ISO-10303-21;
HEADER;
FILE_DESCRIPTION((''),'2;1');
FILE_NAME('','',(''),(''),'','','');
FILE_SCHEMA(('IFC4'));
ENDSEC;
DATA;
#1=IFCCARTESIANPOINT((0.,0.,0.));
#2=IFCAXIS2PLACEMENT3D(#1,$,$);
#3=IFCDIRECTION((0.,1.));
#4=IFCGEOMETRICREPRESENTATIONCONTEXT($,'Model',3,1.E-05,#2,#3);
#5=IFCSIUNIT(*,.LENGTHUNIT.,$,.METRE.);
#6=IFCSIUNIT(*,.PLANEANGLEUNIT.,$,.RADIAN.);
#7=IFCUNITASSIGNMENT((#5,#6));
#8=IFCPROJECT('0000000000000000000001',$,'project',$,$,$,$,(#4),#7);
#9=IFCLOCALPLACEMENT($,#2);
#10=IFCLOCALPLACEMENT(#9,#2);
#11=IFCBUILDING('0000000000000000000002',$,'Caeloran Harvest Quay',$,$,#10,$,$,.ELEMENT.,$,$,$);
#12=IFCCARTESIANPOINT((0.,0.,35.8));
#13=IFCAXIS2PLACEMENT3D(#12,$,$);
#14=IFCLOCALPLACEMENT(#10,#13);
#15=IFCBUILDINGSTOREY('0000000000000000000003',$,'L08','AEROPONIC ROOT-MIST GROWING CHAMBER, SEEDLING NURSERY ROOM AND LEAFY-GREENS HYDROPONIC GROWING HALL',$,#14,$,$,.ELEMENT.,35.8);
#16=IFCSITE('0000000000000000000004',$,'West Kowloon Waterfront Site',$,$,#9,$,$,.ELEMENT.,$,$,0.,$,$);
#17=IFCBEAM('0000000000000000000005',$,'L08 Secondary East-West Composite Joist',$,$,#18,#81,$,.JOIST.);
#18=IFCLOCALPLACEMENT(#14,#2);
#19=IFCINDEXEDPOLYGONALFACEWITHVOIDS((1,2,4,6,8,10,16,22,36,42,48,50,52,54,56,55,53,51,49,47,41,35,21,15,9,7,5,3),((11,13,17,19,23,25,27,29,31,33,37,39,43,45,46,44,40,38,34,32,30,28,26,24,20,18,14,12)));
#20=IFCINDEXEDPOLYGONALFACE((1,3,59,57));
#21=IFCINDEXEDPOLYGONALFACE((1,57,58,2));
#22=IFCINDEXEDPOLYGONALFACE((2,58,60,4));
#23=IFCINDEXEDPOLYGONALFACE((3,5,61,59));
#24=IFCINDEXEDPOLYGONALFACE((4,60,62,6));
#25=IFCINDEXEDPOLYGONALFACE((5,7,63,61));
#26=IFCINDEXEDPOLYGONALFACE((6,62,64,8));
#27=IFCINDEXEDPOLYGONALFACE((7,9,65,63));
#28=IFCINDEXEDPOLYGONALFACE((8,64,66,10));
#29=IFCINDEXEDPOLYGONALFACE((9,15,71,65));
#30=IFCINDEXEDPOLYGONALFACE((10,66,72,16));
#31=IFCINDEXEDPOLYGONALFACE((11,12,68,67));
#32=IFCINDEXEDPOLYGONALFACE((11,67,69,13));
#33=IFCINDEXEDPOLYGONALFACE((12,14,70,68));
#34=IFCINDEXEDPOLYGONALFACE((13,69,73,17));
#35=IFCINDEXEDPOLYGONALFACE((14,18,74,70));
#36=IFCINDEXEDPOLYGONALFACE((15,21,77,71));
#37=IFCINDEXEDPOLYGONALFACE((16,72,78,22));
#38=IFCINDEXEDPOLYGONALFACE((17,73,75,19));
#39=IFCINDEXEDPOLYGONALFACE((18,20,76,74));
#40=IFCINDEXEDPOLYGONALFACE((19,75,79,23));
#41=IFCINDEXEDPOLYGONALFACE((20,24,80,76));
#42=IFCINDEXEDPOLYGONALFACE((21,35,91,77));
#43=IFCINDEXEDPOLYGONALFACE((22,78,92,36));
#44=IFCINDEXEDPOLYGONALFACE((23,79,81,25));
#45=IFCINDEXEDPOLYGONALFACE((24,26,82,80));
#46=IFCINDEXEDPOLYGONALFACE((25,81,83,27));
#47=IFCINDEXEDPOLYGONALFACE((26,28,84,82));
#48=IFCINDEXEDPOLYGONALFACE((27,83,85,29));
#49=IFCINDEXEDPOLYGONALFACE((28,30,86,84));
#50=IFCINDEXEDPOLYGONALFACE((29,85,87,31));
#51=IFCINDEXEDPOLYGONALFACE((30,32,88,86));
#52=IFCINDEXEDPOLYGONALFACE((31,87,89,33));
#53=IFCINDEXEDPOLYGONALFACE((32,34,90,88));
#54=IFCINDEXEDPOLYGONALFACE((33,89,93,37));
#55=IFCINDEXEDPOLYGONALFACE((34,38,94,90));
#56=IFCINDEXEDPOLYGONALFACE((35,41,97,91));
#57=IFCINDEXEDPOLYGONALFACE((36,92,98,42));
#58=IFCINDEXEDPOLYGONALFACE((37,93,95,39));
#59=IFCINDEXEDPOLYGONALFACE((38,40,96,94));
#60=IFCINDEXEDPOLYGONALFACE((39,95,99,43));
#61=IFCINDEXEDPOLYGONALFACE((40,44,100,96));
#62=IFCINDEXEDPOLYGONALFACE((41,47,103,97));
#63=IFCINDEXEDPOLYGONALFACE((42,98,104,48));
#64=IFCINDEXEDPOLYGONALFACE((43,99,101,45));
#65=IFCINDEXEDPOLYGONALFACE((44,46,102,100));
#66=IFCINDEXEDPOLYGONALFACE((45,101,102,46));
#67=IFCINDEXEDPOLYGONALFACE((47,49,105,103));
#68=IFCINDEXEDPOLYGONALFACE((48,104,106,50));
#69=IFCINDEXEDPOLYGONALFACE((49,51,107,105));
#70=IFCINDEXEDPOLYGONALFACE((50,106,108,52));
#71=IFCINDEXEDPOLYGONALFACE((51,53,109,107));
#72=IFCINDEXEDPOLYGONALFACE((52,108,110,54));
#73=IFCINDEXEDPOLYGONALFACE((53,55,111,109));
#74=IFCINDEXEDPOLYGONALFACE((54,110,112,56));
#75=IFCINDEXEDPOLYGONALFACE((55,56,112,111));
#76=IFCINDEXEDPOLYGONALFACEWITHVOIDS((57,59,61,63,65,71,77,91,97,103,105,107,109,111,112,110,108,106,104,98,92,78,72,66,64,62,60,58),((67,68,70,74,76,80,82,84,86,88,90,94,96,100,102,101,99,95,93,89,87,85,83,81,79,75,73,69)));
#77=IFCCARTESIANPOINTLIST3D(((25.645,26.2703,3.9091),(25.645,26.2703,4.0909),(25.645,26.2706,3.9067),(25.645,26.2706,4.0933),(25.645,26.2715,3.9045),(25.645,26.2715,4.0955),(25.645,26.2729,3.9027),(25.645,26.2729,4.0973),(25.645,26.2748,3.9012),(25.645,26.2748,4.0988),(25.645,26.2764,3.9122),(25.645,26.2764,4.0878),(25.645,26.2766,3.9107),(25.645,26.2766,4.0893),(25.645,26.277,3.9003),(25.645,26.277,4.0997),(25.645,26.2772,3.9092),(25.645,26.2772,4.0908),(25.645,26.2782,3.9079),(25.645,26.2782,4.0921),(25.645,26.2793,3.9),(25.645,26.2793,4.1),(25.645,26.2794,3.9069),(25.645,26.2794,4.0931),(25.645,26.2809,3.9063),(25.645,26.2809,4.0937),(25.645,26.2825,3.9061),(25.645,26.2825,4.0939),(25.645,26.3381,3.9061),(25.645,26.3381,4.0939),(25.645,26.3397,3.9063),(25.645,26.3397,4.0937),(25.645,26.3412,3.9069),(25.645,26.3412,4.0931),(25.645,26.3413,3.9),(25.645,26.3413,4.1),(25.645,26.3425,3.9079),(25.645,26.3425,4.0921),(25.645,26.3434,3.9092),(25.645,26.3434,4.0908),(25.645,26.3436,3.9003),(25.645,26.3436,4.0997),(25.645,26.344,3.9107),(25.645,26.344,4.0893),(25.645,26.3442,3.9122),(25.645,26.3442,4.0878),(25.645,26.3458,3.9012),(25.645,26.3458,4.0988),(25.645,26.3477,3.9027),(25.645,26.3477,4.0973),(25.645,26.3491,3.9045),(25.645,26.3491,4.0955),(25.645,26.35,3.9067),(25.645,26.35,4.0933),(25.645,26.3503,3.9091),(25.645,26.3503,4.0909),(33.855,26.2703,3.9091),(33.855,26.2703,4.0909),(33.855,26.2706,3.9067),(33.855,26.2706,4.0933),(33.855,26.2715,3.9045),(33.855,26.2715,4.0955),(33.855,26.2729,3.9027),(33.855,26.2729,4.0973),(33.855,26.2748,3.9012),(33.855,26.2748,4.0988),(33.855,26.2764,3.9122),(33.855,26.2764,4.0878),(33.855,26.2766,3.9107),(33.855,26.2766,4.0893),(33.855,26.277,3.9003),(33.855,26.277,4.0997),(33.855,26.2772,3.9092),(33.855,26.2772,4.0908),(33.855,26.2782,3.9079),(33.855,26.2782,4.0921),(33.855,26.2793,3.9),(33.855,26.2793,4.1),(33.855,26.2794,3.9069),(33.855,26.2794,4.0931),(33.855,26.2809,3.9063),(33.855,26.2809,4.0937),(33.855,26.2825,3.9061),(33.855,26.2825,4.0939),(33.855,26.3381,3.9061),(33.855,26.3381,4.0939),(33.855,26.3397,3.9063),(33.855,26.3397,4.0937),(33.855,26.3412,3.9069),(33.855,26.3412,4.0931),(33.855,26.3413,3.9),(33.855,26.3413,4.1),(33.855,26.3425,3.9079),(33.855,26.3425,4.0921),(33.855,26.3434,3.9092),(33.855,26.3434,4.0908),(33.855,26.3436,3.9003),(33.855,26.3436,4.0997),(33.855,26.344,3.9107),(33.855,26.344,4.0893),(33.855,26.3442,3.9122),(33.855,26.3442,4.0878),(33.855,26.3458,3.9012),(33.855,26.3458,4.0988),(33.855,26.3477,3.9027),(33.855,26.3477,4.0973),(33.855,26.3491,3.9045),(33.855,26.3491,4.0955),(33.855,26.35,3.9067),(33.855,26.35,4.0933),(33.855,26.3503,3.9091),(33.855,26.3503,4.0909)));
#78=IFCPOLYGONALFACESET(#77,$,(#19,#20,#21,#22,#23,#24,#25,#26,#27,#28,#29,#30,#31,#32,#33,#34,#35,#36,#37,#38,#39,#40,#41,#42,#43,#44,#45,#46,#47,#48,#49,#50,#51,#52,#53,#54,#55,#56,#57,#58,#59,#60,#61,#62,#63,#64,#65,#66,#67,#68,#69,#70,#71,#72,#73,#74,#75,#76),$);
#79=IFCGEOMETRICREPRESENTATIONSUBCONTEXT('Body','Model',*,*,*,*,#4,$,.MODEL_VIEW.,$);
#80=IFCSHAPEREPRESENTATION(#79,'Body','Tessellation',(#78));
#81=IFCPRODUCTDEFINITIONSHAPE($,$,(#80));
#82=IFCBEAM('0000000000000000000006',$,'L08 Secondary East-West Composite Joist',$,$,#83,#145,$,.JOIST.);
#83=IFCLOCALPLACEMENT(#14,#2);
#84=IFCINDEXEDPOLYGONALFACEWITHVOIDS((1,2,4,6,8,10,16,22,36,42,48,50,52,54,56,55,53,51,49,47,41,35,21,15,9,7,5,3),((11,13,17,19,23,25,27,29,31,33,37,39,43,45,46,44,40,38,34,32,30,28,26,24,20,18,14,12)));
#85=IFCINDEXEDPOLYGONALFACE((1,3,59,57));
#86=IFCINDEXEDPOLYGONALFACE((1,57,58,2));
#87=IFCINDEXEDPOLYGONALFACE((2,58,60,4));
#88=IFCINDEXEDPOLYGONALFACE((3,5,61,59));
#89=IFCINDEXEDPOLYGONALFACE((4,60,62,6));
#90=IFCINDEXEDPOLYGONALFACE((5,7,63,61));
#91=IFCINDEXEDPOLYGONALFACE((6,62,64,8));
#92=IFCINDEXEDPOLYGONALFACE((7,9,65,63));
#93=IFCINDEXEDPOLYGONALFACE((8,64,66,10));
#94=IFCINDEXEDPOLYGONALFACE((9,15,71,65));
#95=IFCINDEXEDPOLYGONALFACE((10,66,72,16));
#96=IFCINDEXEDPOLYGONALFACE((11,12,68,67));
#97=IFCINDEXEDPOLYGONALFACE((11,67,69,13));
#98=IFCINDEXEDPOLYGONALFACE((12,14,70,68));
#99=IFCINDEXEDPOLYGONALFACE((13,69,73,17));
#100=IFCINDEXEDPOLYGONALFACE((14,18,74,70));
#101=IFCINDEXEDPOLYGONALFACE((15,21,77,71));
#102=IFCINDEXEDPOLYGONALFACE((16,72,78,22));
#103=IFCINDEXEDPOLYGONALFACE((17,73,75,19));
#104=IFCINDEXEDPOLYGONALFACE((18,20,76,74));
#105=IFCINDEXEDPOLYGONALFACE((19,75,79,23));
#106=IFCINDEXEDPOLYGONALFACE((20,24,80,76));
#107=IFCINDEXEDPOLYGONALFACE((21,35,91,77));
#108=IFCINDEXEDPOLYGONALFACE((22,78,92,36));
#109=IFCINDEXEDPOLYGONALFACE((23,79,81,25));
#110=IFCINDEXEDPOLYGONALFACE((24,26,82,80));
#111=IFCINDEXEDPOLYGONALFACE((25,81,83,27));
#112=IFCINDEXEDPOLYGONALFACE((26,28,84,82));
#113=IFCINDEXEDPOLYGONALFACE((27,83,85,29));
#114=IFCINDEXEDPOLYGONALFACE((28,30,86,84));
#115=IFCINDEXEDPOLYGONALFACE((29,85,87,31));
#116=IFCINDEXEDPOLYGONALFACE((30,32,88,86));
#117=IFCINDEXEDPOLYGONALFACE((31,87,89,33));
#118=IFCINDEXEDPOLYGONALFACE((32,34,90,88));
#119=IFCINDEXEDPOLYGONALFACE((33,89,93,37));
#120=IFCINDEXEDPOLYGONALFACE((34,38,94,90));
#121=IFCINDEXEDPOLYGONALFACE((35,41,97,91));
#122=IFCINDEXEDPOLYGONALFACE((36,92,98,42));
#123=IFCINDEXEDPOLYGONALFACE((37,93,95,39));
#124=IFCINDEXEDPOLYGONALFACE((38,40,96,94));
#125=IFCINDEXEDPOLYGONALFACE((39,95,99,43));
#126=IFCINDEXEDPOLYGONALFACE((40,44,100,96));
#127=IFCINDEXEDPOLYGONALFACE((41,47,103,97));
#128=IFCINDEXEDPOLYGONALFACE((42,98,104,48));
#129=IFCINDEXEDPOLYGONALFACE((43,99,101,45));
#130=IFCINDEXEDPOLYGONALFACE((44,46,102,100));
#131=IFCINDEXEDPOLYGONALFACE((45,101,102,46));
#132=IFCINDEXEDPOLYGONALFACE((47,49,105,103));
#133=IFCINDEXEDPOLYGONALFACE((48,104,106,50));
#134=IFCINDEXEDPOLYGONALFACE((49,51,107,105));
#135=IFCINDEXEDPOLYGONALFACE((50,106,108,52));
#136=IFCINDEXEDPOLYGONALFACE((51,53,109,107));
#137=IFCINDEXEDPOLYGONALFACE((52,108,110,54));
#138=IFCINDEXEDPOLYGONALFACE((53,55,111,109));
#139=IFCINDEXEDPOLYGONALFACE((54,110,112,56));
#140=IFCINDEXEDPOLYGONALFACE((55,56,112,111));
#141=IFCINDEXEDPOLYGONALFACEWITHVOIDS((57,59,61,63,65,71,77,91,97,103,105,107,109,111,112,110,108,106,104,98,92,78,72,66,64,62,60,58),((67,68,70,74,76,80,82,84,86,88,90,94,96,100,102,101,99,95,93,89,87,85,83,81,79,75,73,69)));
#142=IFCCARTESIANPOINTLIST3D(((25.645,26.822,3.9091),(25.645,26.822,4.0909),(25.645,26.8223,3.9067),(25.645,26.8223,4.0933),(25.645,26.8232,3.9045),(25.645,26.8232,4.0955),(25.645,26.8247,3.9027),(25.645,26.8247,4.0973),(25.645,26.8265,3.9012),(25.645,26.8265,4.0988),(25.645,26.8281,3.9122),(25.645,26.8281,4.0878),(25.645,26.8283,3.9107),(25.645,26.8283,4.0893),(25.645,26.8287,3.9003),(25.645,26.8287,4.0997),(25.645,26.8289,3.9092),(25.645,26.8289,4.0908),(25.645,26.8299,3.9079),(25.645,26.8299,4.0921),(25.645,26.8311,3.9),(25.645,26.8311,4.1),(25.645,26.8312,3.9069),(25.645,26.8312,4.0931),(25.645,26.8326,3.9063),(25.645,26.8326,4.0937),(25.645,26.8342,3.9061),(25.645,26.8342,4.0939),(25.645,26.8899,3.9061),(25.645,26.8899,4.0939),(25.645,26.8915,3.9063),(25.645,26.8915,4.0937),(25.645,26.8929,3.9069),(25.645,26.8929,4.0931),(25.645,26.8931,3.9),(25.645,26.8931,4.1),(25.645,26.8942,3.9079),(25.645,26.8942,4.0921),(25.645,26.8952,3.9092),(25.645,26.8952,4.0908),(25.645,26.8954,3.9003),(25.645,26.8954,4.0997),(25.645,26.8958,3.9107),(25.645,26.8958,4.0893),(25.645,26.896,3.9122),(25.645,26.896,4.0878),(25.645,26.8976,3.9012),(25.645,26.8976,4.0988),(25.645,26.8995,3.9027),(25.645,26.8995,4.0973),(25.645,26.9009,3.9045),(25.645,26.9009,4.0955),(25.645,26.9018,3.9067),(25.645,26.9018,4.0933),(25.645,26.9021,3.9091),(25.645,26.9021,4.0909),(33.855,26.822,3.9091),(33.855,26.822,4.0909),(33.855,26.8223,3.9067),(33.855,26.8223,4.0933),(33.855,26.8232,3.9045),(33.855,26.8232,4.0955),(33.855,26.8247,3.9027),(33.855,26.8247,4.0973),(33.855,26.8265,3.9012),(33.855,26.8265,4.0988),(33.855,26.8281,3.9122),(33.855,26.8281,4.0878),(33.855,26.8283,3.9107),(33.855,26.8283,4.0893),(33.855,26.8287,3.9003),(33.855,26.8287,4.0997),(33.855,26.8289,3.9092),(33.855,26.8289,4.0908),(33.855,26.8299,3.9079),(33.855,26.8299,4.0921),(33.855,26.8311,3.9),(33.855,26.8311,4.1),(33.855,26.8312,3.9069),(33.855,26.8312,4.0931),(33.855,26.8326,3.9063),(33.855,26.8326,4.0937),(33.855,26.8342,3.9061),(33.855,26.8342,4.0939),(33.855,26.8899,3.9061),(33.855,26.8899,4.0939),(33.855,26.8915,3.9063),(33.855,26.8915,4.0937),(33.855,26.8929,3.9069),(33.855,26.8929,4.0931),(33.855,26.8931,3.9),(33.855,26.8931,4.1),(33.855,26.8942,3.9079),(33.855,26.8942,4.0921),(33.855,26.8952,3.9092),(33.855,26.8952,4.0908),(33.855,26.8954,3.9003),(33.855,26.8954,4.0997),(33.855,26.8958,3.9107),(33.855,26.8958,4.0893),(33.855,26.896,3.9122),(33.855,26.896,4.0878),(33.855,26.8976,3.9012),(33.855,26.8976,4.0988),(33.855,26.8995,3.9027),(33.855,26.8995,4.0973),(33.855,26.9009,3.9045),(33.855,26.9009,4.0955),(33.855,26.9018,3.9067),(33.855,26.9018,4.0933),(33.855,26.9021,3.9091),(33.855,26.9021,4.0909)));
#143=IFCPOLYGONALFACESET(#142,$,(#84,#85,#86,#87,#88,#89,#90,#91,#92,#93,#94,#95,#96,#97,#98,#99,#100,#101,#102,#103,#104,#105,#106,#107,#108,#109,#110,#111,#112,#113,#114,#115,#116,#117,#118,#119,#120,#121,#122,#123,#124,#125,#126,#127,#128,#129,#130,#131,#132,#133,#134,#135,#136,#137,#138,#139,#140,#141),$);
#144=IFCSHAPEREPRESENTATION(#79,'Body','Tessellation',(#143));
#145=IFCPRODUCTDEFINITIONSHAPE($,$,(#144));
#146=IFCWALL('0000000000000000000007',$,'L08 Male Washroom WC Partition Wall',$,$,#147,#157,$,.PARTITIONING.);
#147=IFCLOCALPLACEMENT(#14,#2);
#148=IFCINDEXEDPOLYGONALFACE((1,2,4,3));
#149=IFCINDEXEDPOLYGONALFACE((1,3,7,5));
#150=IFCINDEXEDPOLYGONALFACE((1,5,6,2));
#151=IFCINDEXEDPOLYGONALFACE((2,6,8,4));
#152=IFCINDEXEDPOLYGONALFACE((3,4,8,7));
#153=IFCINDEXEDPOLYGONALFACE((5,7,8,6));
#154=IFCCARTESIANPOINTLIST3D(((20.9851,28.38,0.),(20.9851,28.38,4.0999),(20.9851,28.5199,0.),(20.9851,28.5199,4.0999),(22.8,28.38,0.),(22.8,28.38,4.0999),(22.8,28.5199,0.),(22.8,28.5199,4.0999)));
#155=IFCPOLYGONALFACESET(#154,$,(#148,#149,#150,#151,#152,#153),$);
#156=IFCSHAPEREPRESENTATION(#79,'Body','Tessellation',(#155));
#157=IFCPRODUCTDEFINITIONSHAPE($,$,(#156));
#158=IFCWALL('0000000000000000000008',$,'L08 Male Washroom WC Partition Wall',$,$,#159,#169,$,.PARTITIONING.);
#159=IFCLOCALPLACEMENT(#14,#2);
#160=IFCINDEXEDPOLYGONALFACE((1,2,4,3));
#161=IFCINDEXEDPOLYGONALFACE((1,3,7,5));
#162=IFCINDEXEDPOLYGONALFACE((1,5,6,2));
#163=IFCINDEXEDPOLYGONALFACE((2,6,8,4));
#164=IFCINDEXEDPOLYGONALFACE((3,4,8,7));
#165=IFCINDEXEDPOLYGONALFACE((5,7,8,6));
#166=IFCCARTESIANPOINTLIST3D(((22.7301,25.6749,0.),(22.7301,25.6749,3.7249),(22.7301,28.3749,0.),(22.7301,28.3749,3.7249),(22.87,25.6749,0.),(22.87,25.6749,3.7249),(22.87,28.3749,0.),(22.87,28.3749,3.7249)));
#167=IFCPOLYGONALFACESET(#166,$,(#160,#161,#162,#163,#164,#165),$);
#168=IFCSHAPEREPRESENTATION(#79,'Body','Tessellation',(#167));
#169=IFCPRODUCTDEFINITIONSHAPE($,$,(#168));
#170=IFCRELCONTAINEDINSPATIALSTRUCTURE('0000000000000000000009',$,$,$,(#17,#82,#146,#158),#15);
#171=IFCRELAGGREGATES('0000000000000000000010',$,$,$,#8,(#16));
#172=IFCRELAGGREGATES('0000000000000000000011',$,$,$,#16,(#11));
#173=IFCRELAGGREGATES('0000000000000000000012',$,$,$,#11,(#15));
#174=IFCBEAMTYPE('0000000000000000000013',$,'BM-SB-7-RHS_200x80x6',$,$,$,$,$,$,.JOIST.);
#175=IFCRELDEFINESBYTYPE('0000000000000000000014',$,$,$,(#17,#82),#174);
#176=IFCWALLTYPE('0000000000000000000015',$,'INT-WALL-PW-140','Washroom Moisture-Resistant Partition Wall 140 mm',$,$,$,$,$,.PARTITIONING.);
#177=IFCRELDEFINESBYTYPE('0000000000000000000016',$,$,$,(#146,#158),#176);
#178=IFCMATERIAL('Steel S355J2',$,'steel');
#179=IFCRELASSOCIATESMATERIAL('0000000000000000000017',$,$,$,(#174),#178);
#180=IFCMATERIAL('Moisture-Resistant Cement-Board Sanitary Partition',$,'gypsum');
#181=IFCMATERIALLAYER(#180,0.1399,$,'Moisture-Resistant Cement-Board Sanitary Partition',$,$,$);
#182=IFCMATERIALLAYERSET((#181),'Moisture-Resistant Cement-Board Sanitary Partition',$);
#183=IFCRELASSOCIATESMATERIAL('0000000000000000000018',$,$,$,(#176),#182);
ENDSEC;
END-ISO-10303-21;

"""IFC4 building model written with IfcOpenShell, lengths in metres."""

from ifc_helpers import new_model, si_unit, direction, frame, frame_2d, origin, origin_2d, place, context, subcontext, project, spatial, rectangle, hollow_rectangle, extrude, material, layer, layer_set, material_profile, profile_set, type_object, element, save


model = new_model("IFC4")

# Units and contexts
model_context = context("Model", 3, precision=1e-05, world=origin(), true_north=direction((0.0, 1.0)))
body_context = subcontext(model_context, "Body", "Model", "MODEL_VIEW")
ifc_project = project(units=[si_unit("LENGTHUNIT", "METRE"), si_unit("PLANEANGLEUNIT", "RADIAN")], contexts=[model_context])

# Site, building, storey
site_placement = place(None, origin())
site = spatial("IfcSite", under=ifc_project, at=site_placement, Name="West Kowloon Waterfront Site", CompositionType="ELEMENT", RefElevation=0.0)
building_placement = place(site_placement, origin())
building = spatial("IfcBuilding", under=site, at=building_placement, Name="Caeloran Harvest Quay", CompositionType="ELEMENT")
storey_placement = place(building_placement, frame((0.0, 0.0, 35.8)))
storey = spatial("IfcBuildingStorey", under=building, at=storey_placement, Name="L08", Description="AEROPONIC ROOT-MIST GROWING CHAMBER, SEEDLING NURSERY ROOM AND LEAFY-GREENS HYDROPONIC GROWING HALL", CompositionType="ELEMENT", Elevation=35.8)

# Beams
ifc_material_1 = material(Name="Steel S355J2", Category="steel")
ifc_material_profile_1 = material_profile(ifc_material_1, hollow_rectangle(XDim=0.0801, YDim=0.2, WallThickness=0.0061, InnerFilletRadius=0.0061, OuterFilletRadius=0.009, at=origin_2d()), Name="RHS 200x80x6")
ifc_profile_set_1 = profile_set([ifc_material_profile_1], Name="Steel S355J2")
beam_type_1 = type_object("IfcBeamType", Name="BM-SB-7-RHS_200x80x6", PredefinedType="JOIST", material=ifc_profile_set_1)
for number, where, z_axis, x_axis, name in (
    (1, (25.645, 26.3103, 4.0), (1.0, 0.0, 0.0), (0.0, 1.0, 0.0), "L08 Secondary East-West Composite Joist"),
    (2, (25.645, 26.8621, 4.0), (1.0, 0.0, 0.0), (0.0, 1.0, 0.0), "L08 Secondary East-West Composite Joist"),
):
    element("IfcBeam", number, at=place(storey_placement, frame(where, z_axis=z_axis, x_axis=x_axis)), inside=storey, type_object=beam_type_1, Name=name, PredefinedType="JOIST", context=body_context, shape_type="SweptSolid", body=[
        extrude(hollow_rectangle(XDim=0.0801, YDim=0.2, WallThickness=0.0061, InnerFilletRadius=0.0061, OuterFilletRadius=0.009, at=origin_2d()), origin(), (0.0, 0.0, 1.0), 8.21),
    ])

# Walls
ifc_material_2 = material(Name="Moisture-Resistant Cement-Board Sanitary Partition", Category="gypsum")
ifc_layer_1 = layer(ifc_material_2, 0.1399, Name="Moisture-Resistant Cement-Board Sanitary Partition")
ifc_layer_set_1 = layer_set([ifc_layer_1], Name="Moisture-Resistant Cement-Board Sanitary Partition")
wall_type_1 = type_object("IfcWallType", Name="INT-WALL-PW-140", Description="Washroom Moisture-Resistant Partition Wall 140 mm", PredefinedType="PARTITIONING", material=ifc_layer_set_1)
wall_1_placement = place(storey_placement, frame((20.9851, 28.45, 0.0), z_axis=(0.0, 0.0, 1.0), x_axis=(1.0, 0.0, 0.0)))
element("IfcWall", 3, at=wall_1_placement, inside=storey, type_object=wall_type_1, Name="L08 Male Washroom WC Partition Wall", PredefinedType="PARTITIONING", context=body_context, shape_type="SweptSolid", body=[
    extrude(rectangle(XDim=1.8149, YDim=0.1399, at=frame_2d((0.9075, 0.0))), origin(), (0.0, 0.0, 1.0), 4.0999),
])
wall_2_placement = place(storey_placement, frame((22.8, 28.375, 0.0), z_axis=(0.0, 0.0, 1.0), x_axis=(0.0, -1.0, 0.0)))
element("IfcWall", 4, at=wall_2_placement, inside=storey, type_object=wall_type_1, Name="L08 Male Washroom WC Partition Wall", PredefinedType="PARTITIONING", context=body_context, shape_type="SweptSolid", body=[
    extrude(rectangle(XDim=2.7, YDim=0.1399, at=frame_2d((1.3501, 0.0))), origin(), (0.0, 0.0, 1.0), 3.7249),
])

save(model, "model.ifc")
